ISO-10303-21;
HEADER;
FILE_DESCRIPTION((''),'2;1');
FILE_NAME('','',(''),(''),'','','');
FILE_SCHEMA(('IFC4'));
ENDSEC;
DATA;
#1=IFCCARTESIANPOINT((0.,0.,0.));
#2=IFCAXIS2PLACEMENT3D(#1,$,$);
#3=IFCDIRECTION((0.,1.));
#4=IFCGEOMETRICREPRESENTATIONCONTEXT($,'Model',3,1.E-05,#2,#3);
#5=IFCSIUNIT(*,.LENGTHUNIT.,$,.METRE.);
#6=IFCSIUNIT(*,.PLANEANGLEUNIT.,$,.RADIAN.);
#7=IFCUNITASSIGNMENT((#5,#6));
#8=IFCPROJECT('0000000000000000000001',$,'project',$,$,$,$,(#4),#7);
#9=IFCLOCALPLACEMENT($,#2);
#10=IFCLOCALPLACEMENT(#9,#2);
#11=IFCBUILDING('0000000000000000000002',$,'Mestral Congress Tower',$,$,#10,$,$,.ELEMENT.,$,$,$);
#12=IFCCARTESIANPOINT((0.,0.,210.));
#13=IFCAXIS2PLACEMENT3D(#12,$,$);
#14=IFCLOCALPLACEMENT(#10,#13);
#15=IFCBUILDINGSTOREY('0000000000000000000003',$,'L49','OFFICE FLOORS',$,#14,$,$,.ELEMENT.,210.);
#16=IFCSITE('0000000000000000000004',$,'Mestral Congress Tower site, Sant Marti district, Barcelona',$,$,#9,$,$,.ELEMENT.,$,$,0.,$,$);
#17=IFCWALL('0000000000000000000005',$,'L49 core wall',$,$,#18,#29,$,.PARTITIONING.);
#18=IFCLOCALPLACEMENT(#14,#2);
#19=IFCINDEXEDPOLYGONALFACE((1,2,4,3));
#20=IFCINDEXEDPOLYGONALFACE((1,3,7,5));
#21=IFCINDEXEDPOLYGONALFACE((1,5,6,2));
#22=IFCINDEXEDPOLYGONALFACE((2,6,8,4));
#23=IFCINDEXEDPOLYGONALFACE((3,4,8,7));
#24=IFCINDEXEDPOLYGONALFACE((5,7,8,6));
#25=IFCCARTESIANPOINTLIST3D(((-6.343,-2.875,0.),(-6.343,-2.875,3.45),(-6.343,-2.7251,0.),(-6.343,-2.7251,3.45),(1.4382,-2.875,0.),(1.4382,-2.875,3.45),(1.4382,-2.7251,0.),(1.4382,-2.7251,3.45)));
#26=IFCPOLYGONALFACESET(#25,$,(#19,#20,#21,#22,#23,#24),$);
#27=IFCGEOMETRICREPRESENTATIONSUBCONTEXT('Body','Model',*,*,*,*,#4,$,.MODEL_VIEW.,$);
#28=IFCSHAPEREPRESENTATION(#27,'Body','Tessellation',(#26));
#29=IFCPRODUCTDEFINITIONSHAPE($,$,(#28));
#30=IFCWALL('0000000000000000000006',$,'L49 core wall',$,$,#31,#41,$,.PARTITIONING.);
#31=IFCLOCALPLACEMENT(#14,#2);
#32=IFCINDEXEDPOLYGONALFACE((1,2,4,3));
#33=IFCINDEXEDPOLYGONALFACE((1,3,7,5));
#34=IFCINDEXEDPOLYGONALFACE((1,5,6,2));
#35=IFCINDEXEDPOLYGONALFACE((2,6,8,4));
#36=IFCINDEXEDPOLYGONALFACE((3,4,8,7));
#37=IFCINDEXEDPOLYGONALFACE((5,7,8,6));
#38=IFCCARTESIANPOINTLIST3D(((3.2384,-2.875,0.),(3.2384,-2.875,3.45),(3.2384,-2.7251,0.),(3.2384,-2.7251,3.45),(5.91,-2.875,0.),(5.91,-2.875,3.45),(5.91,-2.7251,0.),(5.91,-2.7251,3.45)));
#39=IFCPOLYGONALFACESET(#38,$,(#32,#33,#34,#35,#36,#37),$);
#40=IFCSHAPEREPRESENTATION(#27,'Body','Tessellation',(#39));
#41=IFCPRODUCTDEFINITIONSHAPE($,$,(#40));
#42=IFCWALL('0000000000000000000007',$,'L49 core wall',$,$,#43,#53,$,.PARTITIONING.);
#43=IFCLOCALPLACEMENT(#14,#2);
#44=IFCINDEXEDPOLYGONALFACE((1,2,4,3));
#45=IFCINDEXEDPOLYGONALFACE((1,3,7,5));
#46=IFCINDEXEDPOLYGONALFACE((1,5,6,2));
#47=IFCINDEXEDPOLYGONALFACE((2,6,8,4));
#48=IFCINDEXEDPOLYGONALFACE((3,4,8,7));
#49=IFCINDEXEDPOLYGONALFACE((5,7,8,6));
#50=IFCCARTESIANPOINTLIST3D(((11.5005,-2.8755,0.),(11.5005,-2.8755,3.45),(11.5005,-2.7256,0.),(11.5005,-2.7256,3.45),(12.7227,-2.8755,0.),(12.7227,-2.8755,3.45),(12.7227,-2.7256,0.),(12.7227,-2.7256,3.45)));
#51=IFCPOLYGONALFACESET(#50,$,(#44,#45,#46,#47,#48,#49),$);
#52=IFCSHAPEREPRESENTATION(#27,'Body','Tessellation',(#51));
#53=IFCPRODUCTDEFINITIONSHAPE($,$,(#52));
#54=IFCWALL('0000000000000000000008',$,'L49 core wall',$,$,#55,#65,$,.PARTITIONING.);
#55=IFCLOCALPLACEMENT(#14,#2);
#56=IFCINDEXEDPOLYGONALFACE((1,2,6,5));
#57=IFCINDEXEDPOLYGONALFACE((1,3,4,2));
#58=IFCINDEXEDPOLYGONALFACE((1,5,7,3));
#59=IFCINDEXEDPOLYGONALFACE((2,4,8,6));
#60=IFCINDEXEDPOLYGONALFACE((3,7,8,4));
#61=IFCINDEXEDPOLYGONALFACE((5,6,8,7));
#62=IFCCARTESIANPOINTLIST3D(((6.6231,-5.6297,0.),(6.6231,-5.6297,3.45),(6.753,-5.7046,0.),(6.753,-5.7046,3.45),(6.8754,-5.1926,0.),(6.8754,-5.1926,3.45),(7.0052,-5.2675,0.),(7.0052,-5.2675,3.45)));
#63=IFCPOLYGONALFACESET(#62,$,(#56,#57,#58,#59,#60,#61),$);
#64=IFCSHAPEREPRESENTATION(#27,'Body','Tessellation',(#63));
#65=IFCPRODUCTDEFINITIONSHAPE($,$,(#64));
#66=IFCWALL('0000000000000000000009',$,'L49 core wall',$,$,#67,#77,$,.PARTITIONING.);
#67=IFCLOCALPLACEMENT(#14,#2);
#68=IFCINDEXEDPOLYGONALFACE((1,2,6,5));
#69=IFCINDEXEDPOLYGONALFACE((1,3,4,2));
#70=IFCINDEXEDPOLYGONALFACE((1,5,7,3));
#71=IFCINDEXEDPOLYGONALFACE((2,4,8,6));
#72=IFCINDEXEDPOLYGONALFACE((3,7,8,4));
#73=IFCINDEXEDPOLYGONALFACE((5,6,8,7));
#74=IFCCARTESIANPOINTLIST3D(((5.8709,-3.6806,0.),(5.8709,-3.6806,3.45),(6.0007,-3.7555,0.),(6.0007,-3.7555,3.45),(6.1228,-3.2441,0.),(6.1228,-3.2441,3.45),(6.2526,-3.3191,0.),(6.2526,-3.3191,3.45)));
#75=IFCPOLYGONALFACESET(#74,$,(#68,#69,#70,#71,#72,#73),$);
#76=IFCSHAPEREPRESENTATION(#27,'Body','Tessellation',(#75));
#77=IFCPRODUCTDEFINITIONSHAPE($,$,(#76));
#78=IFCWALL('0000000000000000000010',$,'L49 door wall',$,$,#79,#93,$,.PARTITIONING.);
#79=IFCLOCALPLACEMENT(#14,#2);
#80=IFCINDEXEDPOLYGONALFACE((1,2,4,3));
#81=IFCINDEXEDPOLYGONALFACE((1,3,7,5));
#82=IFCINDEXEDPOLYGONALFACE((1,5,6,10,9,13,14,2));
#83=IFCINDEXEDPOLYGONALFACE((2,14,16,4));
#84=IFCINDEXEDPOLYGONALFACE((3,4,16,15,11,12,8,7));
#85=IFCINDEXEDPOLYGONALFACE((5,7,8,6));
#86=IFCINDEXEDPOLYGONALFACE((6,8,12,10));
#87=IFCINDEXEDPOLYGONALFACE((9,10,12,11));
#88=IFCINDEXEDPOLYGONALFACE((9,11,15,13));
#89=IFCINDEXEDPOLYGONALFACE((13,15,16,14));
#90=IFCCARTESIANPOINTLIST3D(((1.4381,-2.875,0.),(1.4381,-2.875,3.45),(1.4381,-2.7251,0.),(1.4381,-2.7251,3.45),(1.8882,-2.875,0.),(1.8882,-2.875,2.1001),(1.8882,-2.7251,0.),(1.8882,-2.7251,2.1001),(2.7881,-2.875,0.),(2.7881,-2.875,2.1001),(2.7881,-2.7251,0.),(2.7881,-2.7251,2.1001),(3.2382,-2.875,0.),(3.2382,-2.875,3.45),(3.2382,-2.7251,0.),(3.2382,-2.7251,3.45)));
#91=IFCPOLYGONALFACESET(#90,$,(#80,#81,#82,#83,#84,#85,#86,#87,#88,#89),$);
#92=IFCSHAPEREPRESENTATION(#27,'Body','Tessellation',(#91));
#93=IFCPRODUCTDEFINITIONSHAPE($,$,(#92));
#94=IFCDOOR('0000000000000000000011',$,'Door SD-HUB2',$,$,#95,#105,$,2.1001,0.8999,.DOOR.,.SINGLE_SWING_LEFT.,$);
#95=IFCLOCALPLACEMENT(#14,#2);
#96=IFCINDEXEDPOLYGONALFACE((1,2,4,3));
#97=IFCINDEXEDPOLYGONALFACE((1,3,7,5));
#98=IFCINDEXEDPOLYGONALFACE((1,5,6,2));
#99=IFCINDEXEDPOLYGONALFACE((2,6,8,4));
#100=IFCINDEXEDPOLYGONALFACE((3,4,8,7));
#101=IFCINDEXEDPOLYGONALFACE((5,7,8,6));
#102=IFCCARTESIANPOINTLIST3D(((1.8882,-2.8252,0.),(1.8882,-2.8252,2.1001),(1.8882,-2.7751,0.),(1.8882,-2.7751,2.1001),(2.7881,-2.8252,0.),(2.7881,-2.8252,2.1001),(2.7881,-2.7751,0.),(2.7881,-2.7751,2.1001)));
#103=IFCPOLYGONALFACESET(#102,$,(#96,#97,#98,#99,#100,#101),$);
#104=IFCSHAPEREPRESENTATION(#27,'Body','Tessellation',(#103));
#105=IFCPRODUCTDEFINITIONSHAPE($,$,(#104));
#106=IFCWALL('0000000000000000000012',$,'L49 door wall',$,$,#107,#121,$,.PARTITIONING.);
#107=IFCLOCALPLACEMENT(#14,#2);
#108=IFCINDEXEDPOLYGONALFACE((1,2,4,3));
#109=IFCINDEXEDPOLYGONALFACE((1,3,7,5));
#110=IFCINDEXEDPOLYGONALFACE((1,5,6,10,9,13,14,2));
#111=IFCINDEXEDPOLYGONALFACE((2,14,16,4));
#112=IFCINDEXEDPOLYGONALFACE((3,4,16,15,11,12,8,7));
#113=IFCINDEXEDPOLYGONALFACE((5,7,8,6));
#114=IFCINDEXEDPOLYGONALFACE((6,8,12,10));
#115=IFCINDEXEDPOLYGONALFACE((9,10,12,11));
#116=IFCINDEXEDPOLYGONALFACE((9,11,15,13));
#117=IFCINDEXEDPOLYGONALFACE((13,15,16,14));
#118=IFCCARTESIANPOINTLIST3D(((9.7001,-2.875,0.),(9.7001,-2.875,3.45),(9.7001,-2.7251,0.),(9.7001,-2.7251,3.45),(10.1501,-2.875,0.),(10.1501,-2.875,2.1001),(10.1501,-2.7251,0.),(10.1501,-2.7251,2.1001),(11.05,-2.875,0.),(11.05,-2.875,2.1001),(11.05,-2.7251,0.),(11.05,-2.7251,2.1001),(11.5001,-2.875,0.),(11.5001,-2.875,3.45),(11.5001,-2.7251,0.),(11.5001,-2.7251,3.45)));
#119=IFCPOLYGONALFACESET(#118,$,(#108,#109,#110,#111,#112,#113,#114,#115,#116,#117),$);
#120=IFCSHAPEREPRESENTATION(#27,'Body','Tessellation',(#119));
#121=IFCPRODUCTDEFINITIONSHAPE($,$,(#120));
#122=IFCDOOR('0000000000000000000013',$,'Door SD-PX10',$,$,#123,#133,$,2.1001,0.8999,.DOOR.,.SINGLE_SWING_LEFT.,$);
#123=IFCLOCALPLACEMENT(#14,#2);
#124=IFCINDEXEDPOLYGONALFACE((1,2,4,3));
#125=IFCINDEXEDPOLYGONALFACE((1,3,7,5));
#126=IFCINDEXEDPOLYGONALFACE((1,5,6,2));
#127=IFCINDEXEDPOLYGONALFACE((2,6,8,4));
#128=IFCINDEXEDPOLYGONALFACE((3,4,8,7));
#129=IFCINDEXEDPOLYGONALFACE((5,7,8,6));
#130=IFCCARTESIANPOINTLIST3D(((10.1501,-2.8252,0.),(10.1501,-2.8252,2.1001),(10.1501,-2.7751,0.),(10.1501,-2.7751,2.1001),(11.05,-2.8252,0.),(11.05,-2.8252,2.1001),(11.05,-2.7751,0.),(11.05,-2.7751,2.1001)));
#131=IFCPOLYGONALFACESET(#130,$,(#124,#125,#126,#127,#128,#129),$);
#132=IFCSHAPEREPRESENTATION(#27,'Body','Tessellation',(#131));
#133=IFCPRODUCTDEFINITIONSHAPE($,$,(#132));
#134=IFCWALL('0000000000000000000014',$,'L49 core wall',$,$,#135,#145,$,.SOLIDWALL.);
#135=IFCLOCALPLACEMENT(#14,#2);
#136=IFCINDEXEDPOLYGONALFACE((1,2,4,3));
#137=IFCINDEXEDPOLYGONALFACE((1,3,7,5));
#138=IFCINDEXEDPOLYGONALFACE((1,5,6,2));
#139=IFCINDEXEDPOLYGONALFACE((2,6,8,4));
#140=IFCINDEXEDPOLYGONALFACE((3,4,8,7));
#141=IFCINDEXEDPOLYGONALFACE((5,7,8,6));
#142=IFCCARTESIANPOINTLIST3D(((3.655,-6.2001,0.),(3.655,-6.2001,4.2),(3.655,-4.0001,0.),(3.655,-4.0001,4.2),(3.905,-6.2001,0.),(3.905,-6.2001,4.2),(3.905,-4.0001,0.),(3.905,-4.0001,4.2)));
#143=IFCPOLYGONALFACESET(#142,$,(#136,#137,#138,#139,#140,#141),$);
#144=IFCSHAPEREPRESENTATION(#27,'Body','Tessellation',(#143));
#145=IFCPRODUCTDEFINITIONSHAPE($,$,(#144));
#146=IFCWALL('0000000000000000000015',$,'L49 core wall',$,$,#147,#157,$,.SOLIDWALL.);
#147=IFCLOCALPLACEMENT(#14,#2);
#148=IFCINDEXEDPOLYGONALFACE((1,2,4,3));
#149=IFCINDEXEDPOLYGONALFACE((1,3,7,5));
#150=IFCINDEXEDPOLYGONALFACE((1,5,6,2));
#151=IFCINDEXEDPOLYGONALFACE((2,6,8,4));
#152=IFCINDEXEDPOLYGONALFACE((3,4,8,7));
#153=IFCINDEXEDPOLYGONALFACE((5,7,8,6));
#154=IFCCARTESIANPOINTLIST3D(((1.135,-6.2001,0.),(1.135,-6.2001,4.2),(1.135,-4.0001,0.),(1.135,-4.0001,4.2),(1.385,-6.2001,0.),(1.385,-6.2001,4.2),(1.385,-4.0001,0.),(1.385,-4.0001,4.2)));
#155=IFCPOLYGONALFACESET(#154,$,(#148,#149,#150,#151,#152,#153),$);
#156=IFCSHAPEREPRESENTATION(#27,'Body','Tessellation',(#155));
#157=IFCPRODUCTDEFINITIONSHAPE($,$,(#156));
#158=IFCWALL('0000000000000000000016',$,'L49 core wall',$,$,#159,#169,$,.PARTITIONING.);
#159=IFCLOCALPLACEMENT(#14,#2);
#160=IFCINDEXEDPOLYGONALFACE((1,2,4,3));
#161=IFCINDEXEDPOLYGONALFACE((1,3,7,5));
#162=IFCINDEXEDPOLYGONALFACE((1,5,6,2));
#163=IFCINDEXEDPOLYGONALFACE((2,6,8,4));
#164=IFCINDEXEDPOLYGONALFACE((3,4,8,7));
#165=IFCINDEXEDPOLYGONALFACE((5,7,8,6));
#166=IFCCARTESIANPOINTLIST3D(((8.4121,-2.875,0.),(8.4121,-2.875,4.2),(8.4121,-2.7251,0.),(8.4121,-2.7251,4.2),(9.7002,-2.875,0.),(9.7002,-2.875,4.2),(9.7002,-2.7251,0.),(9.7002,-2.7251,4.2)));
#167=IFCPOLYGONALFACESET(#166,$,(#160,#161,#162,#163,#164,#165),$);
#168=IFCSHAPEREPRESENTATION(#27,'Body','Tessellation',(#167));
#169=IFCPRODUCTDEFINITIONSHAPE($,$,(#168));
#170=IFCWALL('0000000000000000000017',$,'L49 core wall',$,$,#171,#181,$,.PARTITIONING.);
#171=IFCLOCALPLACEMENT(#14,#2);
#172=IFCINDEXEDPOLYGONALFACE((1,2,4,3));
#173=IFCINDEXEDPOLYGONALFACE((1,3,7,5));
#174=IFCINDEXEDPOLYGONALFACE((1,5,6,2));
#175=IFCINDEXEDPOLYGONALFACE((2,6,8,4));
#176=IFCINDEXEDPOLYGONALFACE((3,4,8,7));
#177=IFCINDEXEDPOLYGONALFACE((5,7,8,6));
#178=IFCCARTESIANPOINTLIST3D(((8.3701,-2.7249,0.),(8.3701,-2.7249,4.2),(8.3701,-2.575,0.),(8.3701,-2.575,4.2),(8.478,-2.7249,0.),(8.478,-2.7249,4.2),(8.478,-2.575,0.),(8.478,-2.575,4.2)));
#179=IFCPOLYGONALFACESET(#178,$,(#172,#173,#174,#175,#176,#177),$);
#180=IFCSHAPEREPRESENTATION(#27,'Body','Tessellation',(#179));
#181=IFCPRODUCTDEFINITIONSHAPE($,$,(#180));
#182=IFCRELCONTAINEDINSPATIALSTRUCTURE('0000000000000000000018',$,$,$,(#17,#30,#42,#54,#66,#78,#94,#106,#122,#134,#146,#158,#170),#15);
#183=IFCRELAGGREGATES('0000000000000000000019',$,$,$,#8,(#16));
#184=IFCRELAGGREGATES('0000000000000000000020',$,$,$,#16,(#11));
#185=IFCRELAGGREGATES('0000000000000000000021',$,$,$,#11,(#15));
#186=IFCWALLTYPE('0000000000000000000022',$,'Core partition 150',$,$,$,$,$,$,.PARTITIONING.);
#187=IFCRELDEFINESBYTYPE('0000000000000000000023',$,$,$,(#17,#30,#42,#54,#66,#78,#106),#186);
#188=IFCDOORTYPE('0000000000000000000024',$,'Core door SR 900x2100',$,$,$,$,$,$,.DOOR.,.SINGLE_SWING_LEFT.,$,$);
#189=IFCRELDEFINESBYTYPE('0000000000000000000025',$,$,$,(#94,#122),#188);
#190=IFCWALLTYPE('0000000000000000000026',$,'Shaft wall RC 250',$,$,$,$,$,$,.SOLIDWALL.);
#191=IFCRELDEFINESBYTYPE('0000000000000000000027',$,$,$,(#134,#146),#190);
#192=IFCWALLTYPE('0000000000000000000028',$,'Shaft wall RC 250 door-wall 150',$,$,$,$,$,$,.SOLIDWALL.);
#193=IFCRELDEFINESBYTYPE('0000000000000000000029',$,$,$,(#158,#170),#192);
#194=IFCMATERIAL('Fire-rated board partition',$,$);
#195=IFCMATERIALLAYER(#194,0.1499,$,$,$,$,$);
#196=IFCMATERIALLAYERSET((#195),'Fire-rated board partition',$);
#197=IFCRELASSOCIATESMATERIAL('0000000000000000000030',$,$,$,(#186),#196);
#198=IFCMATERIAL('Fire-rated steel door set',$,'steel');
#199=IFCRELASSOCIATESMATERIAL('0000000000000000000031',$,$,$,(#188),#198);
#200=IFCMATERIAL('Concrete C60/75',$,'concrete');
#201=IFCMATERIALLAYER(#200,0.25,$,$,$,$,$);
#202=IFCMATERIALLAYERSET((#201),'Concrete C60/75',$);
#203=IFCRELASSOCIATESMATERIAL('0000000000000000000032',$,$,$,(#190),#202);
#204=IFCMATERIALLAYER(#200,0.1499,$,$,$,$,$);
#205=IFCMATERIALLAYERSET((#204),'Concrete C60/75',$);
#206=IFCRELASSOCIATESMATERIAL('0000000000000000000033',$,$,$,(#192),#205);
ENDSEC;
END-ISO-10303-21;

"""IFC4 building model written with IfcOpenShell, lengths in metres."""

from ifc_helpers import new_model, si_unit, direction, frame, frame_2d, origin, place, context, subcontext, project, spatial, rectangle, extrude, material, layer, layer_set, type_object, element, fill, save


model = new_model("IFC4")

# Units and contexts
model_context = context("Model", 3, precision=1e-05, world=origin(), true_north=direction((0.0, 1.0)))
body_context = subcontext(model_context, "Body", "Model", "MODEL_VIEW")
ifc_project = project(units=[si_unit("LENGTHUNIT", "METRE"), si_unit("PLANEANGLEUNIT", "RADIAN")], contexts=[model_context])

# Site, building, storey
site_placement = place(None, origin())
site = spatial("IfcSite", under=ifc_project, at=site_placement, Name="Mestral Congress Tower site, Sant Marti district, Barcelona", CompositionType="ELEMENT", RefElevation=0.0)
building_placement = place(site_placement, origin())
building = spatial("IfcBuilding", under=site, at=building_placement, Name="Mestral Congress Tower", CompositionType="ELEMENT")
storey_placement = place(building_placement, frame((0.0, 0.0, 210.0)))
storey = spatial("IfcBuildingStorey", under=building, at=storey_placement, Name="L49", Description="OFFICE FLOORS", CompositionType="ELEMENT", Elevation=210.0)

# Walls
ifc_material_1 = material(Name="Fire-rated board partition")
ifc_layer_1 = layer(ifc_material_1, 0.1499)
ifc_layer_set_1 = layer_set([ifc_layer_1], Name="Fire-rated board partition")
wall_type_1 = type_object("IfcWallType", Name="Core partition 150", PredefinedType="PARTITIONING", material=ifc_layer_set_1)
wall_1_placement = place(storey_placement, frame((1.4382, -2.8, 0.0), z_axis=(0.0, 0.0, 1.0), x_axis=(-1.0, 0.0, 0.0)))
element("IfcWall", 1, at=wall_1_placement, inside=storey, type_object=wall_type_1, Name="L49 core wall", PredefinedType="PARTITIONING", context=body_context, shape_type="SweptSolid", body=[
    extrude(rectangle(XDim=7.7812, YDim=0.1499, at=frame_2d((3.8906, 0.0))), origin(), (0.0, 0.0, 1.0), 3.45),
])
wall_2_placement = place(storey_placement, frame((3.2383, -2.8, 0.0), z_axis=(0.0, 0.0, 1.0), x_axis=(1.0, 0.0, 0.0)))
element("IfcWall", 2, at=wall_2_placement, inside=storey, type_object=wall_type_1, Name="L49 core wall", PredefinedType="PARTITIONING", context=body_context, shape_type="SweptSolid", body=[
    extrude(rectangle(XDim=2.6716, YDim=0.1499, at=frame_2d((1.3359, 0.0))), origin(), (0.0, 0.0, 1.0), 3.45),
])
wall_3_placement = place(storey_placement, frame((11.5005, -2.8005, 0.0), z_axis=(0.0, 0.0, 1.0), x_axis=(1.0, 0.0, 0.0)))
element("IfcWall", 3, at=wall_3_placement, inside=storey, type_object=wall_type_1, Name="L49 core wall", PredefinedType="PARTITIONING", context=body_context, shape_type="SweptSolid", body=[
    extrude(rectangle(XDim=1.2222, YDim=0.1499, at=frame_2d((0.6111, 0.0))), origin(), (0.0, 0.0, 1.0), 3.45),
])
wall_4_placement = place(storey_placement, frame((6.688, -5.6672, 0.0), z_axis=(0.0, 0.0, 1.0), x_axis=(0.499834, 0.866121, 0.0)))
element("IfcWall", 4, at=wall_4_placement, inside=storey, type_object=wall_type_1, Name="L49 core wall", PredefinedType="PARTITIONING", context=body_context, shape_type="SweptSolid", body=[
    extrude(rectangle(XDim=0.5046, YDim=0.1499, at=frame_2d((0.2524, 0.0))), origin(), (0.0, 0.0, 1.0), 3.45),
])
wall_5_placement = place(storey_placement, frame((5.9358, -3.718, 0.0), z_axis=(0.0, 0.0, 1.0), x_axis=(0.49989, 0.866089, 0.0)))
element("IfcWall", 5, at=wall_5_placement, inside=storey, type_object=wall_type_1, Name="L49 core wall", PredefinedType="PARTITIONING", context=body_context, shape_type="SweptSolid", body=[
    extrude(rectangle(XDim=0.5039, YDim=0.1499, at=frame_2d((0.252, 0.0))), origin(), (0.0, 0.0, 1.0), 3.45),
])

# Walls, openings, doors
wall_6_placement = place(storey_placement, frame((1.4382, -2.8, 0.0), z_axis=(0.0, 0.0, 1.0), x_axis=(1.0, 0.0, 0.0)))
wall_6 = element("IfcWall", 6, at=wall_6_placement, inside=storey, type_object=wall_type_1, Name="L49 door wall", PredefinedType="PARTITIONING", context=body_context, shape_type="SweptSolid", body=[
    extrude(rectangle(XDim=1.8, YDim=0.1499, at=frame_2d((0.8999, 0.0))), origin(), (0.0, 0.0, 1.0), 3.45),
])
opening_1_placement = place(wall_6_placement, frame((0.45, 0.0, 0.0)))
opening_1 = element("IfcOpeningElement", 7, at=opening_1_placement, cuts=wall_6, PredefinedType="OPENING", context=body_context, shape_type="SweptSolid", body=[
    extrude(rectangle(XDim=0.8999, YDim=2.1001, at=frame_2d((0.45, 1.05))), frame((0.0, 0.085, 0.0), z_axis=(0.0, -1.0, 0.0), x_axis=(1.0, 0.0, 0.0)), (0.0, 0.0, 1.0), 0.1699),
])
ifc_material_2 = material(Name="Fire-rated steel door set", Category="steel")
door_type_1 = type_object("IfcDoorType", Name="Core door SR 900x2100", OperationType="SINGLE_SWING_LEFT", PredefinedType="DOOR", material=ifc_material_2)
door_1_placement = place(opening_1_placement, origin())
door_1 = element("IfcDoor", 8, at=door_1_placement, inside=storey, type_object=door_type_1, Name="Door SD-HUB2", OperationType="SINGLE_SWING_LEFT", OverallHeight=2.1001, OverallWidth=0.8999, PredefinedType="DOOR", context=body_context, shape_type="SweptSolid", body=[
    extrude(rectangle(XDim=0.8999, YDim=2.1001, at=frame_2d((0.45, 1.05))), frame((0.0, 0.0249, 0.0), z_axis=(0.0, -1.0, 0.0), x_axis=(1.0, 0.0, 0.0)), (0.0, 0.0, 1.0), 0.05),
])
fill(opening_1, door_1)
wall_7_placement = place(storey_placement, frame((9.7002, -2.8, 0.0), z_axis=(0.0, 0.0, 1.0), x_axis=(1.0, 0.0, 0.0)))
wall_7 = element("IfcWall", 9, at=wall_7_placement, inside=storey, type_object=wall_type_1, Name="L49 door wall", PredefinedType="PARTITIONING", context=body_context, shape_type="SweptSolid", body=[
    extrude(rectangle(XDim=1.8, YDim=0.1499, at=frame_2d((0.8999, 0.0))), origin(), (0.0, 0.0, 1.0), 3.45),
])
opening_2_placement = place(wall_7_placement, frame((0.45, 0.0, 0.0)))
opening_2 = element("IfcOpeningElement", 10, at=opening_2_placement, cuts=wall_7, PredefinedType="OPENING", context=body_context, shape_type="SweptSolid", body=[
    extrude(rectangle(XDim=0.8999, YDim=2.1001, at=frame_2d((0.45, 1.05))), frame((0.0, 0.085, 0.0), z_axis=(0.0, -1.0, 0.0), x_axis=(1.0, 0.0, 0.0)), (0.0, 0.0, 1.0), 0.1699),
])
door_2_placement = place(opening_2_placement, origin())
door_2 = element("IfcDoor", 11, at=door_2_placement, inside=storey, type_object=door_type_1, Name="Door SD-PX10", OperationType="SINGLE_SWING_LEFT", OverallHeight=2.1001, OverallWidth=0.8999, PredefinedType="DOOR", context=body_context, shape_type="SweptSolid", body=[
    extrude(rectangle(XDim=0.8999, YDim=2.1001, at=frame_2d((0.45, 1.05))), frame((0.0, 0.0249, 0.0), z_axis=(0.0, -1.0, 0.0), x_axis=(1.0, 0.0, 0.0)), (0.0, 0.0, 1.0), 0.05),
])
fill(opening_2, door_2)

# Walls
ifc_material_3 = material(Name="Concrete C60/75", Category="concrete")
ifc_layer_2 = layer(ifc_material_3, 0.25)
ifc_layer_set_2 = layer_set([ifc_layer_2], Name="Concrete C60/75")
wall_type_2 = type_object("IfcWallType", Name="Shaft wall RC 250", PredefinedType="SOLIDWALL", material=ifc_layer_set_2)
for number, where, z_axis, x_axis, name in (
    (12, (3.78, -4.0, 0.0), (0.0, 0.0, 1.0), (0.0, -1.0, 0.0), "L49 core wall"),
    (13, (1.26, -4.0, 0.0), (0.0, 0.0, 1.0), (0.0, -1.0, 0.0), "L49 core wall"),
):
    element("IfcWall", number, at=place(storey_placement, frame(where, z_axis=z_axis, x_axis=x_axis)), inside=storey, type_object=wall_type_2, Name=name, PredefinedType="SOLIDWALL", context=body_context, shape_type="SweptSolid", body=[
        extrude(rectangle(XDim=2.2, YDim=0.25, at=frame_2d((1.1001, 0.0))), origin(), (0.0, 0.0, 1.0), 4.2),
    ])
ifc_layer_3 = layer(ifc_material_3, 0.1499)
ifc_layer_set_3 = layer_set([ifc_layer_3], Name="Concrete C60/75")
wall_type_3 = type_object("IfcWallType", Name="Shaft wall RC 250 door-wall 150", PredefinedType="SOLIDWALL", material=ifc_layer_set_3)
wall_8_placement = place(storey_placement, frame((8.4121, -2.8, 0.0), z_axis=(0.0, 0.0, 1.0), x_axis=(1.0, 0.0, 0.0)))
element("IfcWall", 14, at=wall_8_placement, inside=storey, type_object=wall_type_3, Name="L49 core wall", PredefinedType="PARTITIONING", context=body_context, shape_type="SweptSolid", body=[
    extrude(rectangle(XDim=1.2881, YDim=0.1499, at=frame_2d((0.644, 0.0))), origin(), (0.0, 0.0, 1.0), 4.2),
])
wall_9_placement = place(storey_placement, frame((8.3701, -2.6499, 0.0), z_axis=(0.0, 0.0, 1.0), x_axis=(1.0, 0.0, 0.0)))
element("IfcWall", 15, at=wall_9_placement, inside=storey, type_object=wall_type_3, Name="L49 core wall", PredefinedType="PARTITIONING", context=body_context, shape_type="SweptSolid", body=[
    extrude(rectangle(XDim=0.1079, YDim=0.1499, at=frame_2d((0.054, 0.0))), origin(), (0.0, 0.0, 1.0), 4.2),
])

save(model, "model.ifc")
